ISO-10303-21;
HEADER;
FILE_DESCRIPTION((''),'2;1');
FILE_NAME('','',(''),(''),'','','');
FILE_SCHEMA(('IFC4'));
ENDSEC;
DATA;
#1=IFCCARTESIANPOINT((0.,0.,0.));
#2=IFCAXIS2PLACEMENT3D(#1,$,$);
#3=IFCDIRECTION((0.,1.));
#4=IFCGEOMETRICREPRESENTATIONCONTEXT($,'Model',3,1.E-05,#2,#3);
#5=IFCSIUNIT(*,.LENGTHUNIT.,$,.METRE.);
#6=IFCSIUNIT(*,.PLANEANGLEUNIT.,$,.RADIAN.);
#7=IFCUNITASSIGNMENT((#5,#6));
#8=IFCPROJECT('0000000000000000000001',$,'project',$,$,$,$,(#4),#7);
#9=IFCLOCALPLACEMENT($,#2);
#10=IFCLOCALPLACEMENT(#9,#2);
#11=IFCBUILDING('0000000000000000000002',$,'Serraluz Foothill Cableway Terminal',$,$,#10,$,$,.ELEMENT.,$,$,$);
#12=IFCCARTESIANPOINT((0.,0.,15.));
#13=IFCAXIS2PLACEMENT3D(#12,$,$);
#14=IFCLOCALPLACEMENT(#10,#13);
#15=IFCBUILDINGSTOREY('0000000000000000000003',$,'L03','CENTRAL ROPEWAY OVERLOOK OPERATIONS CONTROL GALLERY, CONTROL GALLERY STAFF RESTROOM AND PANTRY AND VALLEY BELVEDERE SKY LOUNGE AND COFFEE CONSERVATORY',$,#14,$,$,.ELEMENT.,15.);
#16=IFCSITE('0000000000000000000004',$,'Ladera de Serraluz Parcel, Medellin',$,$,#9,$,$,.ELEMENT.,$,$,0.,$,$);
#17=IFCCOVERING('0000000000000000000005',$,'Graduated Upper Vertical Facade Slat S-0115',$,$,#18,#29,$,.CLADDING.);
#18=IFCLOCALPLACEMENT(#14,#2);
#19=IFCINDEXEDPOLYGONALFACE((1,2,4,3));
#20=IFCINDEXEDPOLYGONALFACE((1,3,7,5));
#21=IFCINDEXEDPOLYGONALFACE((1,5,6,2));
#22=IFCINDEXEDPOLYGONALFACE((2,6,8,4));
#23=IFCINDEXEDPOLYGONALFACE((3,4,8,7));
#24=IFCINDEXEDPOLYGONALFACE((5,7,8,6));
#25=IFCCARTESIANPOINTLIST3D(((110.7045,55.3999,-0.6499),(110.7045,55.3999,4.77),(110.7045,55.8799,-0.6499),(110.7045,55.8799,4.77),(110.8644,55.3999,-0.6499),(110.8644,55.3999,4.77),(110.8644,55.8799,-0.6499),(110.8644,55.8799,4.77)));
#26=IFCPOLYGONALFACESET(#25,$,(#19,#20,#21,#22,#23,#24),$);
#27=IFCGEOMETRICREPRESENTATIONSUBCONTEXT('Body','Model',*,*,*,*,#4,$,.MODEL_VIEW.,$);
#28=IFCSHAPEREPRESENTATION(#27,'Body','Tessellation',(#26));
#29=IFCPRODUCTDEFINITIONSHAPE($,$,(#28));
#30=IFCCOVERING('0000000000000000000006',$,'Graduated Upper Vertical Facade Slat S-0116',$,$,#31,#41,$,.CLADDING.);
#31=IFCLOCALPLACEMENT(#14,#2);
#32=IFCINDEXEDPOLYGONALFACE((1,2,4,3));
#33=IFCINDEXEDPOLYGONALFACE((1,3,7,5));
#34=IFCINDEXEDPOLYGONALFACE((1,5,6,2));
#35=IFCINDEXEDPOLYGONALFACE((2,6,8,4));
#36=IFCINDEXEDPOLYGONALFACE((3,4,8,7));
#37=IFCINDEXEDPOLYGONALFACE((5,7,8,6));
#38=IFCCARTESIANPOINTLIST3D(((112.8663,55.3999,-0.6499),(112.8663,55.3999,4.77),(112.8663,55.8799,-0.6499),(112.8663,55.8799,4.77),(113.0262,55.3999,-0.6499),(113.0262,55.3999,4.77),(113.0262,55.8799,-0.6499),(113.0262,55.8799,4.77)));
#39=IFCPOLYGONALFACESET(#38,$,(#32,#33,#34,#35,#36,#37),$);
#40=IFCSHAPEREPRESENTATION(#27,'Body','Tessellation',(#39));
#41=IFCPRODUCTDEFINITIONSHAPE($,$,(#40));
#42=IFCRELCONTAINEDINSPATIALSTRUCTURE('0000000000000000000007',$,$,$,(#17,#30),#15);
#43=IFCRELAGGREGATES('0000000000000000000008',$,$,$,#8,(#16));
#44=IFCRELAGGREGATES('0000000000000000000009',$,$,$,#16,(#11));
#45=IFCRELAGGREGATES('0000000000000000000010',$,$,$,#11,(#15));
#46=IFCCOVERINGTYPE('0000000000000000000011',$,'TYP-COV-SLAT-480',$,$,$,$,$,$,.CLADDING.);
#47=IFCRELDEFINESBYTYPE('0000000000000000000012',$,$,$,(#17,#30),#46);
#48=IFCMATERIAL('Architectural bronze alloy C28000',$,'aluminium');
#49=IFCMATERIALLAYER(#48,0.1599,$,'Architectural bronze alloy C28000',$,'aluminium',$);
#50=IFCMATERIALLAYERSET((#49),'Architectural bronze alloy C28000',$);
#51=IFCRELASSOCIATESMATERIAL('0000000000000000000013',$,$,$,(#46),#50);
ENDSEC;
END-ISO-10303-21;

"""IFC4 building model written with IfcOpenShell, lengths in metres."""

from ifc_helpers import new_model, si_unit, direction, frame, origin, origin_2d, place, context, subcontext, project, spatial, rectangle, extrude, material, layer, layer_set, type_object, element, save


model = new_model("IFC4")

# Units and contexts
model_context = context("Model", 3, precision=1e-05, world=origin(), true_north=direction((0.0, 1.0)))
body_context = subcontext(model_context, "Body", "Model", "MODEL_VIEW")
ifc_project = project(units=[si_unit("LENGTHUNIT", "METRE"), si_unit("PLANEANGLEUNIT", "RADIAN")], contexts=[model_context])

# Site, building, storey
site_placement = place(None, origin())
site = spatial("IfcSite", under=ifc_project, at=site_placement, Name="Ladera de Serraluz Parcel, Medellin", CompositionType="ELEMENT", RefElevation=0.0)
building_placement = place(site_placement, origin())
building = spatial("IfcBuilding", under=site, at=building_placement, Name="Serraluz Foothill Cableway Terminal", CompositionType="ELEMENT")
storey_placement = place(building_placement, frame((0.0, 0.0, 15.0)))
storey = spatial("IfcBuildingStorey", under=building, at=storey_placement, Name="L03", Description="CENTRAL ROPEWAY OVERLOOK OPERATIONS CONTROL GALLERY, CONTROL GALLERY STAFF RESTROOM AND PANTRY AND VALLEY BELVEDERE SKY LOUNGE AND COFFEE CONSERVATORY", CompositionType="ELEMENT", Elevation=15.0)

# Shared definitions
ifc_material_1 = material(Name="Architectural bronze alloy C28000", Category="aluminium")

# Coverings
ifc_layer_1 = layer(ifc_material_1, 0.1599, Name="Architectural bronze alloy C28000", Category="aluminium")
ifc_layer_set_1 = layer_set([ifc_layer_1], Name="Architectural bronze alloy C28000")
covering_type = type_object("IfcCoveringType", Name="TYP-COV-SLAT-480", PredefinedType="CLADDING", material=ifc_layer_set_1)
for number, where, z_axis, x_axis, name in (
    (1, (110.7844, 55.6399, -0.6499), (0.0, 0.0, 1.0), (1.0, 0.0, 0.0), "Graduated Upper Vertical Facade Slat S-0115"),
    (2, (112.9463, 55.6399, -0.6499), (0.0, 0.0, 1.0), (1.0, 0.0, 0.0), "Graduated Upper Vertical Facade Slat S-0116"),
):
    element("IfcCovering", number, at=place(storey_placement, frame(where, z_axis=z_axis, x_axis=x_axis)), inside=storey, type_object=covering_type, Name=name, PredefinedType="CLADDING", context=body_context, shape_type="SweptSolid", body=[
        extrude(rectangle(XDim=0.1599, YDim=0.48, at=origin_2d()), origin(), (0.0, 0.0, 1.0), 5.4199),
    ])

save(model, "model.ifc")
